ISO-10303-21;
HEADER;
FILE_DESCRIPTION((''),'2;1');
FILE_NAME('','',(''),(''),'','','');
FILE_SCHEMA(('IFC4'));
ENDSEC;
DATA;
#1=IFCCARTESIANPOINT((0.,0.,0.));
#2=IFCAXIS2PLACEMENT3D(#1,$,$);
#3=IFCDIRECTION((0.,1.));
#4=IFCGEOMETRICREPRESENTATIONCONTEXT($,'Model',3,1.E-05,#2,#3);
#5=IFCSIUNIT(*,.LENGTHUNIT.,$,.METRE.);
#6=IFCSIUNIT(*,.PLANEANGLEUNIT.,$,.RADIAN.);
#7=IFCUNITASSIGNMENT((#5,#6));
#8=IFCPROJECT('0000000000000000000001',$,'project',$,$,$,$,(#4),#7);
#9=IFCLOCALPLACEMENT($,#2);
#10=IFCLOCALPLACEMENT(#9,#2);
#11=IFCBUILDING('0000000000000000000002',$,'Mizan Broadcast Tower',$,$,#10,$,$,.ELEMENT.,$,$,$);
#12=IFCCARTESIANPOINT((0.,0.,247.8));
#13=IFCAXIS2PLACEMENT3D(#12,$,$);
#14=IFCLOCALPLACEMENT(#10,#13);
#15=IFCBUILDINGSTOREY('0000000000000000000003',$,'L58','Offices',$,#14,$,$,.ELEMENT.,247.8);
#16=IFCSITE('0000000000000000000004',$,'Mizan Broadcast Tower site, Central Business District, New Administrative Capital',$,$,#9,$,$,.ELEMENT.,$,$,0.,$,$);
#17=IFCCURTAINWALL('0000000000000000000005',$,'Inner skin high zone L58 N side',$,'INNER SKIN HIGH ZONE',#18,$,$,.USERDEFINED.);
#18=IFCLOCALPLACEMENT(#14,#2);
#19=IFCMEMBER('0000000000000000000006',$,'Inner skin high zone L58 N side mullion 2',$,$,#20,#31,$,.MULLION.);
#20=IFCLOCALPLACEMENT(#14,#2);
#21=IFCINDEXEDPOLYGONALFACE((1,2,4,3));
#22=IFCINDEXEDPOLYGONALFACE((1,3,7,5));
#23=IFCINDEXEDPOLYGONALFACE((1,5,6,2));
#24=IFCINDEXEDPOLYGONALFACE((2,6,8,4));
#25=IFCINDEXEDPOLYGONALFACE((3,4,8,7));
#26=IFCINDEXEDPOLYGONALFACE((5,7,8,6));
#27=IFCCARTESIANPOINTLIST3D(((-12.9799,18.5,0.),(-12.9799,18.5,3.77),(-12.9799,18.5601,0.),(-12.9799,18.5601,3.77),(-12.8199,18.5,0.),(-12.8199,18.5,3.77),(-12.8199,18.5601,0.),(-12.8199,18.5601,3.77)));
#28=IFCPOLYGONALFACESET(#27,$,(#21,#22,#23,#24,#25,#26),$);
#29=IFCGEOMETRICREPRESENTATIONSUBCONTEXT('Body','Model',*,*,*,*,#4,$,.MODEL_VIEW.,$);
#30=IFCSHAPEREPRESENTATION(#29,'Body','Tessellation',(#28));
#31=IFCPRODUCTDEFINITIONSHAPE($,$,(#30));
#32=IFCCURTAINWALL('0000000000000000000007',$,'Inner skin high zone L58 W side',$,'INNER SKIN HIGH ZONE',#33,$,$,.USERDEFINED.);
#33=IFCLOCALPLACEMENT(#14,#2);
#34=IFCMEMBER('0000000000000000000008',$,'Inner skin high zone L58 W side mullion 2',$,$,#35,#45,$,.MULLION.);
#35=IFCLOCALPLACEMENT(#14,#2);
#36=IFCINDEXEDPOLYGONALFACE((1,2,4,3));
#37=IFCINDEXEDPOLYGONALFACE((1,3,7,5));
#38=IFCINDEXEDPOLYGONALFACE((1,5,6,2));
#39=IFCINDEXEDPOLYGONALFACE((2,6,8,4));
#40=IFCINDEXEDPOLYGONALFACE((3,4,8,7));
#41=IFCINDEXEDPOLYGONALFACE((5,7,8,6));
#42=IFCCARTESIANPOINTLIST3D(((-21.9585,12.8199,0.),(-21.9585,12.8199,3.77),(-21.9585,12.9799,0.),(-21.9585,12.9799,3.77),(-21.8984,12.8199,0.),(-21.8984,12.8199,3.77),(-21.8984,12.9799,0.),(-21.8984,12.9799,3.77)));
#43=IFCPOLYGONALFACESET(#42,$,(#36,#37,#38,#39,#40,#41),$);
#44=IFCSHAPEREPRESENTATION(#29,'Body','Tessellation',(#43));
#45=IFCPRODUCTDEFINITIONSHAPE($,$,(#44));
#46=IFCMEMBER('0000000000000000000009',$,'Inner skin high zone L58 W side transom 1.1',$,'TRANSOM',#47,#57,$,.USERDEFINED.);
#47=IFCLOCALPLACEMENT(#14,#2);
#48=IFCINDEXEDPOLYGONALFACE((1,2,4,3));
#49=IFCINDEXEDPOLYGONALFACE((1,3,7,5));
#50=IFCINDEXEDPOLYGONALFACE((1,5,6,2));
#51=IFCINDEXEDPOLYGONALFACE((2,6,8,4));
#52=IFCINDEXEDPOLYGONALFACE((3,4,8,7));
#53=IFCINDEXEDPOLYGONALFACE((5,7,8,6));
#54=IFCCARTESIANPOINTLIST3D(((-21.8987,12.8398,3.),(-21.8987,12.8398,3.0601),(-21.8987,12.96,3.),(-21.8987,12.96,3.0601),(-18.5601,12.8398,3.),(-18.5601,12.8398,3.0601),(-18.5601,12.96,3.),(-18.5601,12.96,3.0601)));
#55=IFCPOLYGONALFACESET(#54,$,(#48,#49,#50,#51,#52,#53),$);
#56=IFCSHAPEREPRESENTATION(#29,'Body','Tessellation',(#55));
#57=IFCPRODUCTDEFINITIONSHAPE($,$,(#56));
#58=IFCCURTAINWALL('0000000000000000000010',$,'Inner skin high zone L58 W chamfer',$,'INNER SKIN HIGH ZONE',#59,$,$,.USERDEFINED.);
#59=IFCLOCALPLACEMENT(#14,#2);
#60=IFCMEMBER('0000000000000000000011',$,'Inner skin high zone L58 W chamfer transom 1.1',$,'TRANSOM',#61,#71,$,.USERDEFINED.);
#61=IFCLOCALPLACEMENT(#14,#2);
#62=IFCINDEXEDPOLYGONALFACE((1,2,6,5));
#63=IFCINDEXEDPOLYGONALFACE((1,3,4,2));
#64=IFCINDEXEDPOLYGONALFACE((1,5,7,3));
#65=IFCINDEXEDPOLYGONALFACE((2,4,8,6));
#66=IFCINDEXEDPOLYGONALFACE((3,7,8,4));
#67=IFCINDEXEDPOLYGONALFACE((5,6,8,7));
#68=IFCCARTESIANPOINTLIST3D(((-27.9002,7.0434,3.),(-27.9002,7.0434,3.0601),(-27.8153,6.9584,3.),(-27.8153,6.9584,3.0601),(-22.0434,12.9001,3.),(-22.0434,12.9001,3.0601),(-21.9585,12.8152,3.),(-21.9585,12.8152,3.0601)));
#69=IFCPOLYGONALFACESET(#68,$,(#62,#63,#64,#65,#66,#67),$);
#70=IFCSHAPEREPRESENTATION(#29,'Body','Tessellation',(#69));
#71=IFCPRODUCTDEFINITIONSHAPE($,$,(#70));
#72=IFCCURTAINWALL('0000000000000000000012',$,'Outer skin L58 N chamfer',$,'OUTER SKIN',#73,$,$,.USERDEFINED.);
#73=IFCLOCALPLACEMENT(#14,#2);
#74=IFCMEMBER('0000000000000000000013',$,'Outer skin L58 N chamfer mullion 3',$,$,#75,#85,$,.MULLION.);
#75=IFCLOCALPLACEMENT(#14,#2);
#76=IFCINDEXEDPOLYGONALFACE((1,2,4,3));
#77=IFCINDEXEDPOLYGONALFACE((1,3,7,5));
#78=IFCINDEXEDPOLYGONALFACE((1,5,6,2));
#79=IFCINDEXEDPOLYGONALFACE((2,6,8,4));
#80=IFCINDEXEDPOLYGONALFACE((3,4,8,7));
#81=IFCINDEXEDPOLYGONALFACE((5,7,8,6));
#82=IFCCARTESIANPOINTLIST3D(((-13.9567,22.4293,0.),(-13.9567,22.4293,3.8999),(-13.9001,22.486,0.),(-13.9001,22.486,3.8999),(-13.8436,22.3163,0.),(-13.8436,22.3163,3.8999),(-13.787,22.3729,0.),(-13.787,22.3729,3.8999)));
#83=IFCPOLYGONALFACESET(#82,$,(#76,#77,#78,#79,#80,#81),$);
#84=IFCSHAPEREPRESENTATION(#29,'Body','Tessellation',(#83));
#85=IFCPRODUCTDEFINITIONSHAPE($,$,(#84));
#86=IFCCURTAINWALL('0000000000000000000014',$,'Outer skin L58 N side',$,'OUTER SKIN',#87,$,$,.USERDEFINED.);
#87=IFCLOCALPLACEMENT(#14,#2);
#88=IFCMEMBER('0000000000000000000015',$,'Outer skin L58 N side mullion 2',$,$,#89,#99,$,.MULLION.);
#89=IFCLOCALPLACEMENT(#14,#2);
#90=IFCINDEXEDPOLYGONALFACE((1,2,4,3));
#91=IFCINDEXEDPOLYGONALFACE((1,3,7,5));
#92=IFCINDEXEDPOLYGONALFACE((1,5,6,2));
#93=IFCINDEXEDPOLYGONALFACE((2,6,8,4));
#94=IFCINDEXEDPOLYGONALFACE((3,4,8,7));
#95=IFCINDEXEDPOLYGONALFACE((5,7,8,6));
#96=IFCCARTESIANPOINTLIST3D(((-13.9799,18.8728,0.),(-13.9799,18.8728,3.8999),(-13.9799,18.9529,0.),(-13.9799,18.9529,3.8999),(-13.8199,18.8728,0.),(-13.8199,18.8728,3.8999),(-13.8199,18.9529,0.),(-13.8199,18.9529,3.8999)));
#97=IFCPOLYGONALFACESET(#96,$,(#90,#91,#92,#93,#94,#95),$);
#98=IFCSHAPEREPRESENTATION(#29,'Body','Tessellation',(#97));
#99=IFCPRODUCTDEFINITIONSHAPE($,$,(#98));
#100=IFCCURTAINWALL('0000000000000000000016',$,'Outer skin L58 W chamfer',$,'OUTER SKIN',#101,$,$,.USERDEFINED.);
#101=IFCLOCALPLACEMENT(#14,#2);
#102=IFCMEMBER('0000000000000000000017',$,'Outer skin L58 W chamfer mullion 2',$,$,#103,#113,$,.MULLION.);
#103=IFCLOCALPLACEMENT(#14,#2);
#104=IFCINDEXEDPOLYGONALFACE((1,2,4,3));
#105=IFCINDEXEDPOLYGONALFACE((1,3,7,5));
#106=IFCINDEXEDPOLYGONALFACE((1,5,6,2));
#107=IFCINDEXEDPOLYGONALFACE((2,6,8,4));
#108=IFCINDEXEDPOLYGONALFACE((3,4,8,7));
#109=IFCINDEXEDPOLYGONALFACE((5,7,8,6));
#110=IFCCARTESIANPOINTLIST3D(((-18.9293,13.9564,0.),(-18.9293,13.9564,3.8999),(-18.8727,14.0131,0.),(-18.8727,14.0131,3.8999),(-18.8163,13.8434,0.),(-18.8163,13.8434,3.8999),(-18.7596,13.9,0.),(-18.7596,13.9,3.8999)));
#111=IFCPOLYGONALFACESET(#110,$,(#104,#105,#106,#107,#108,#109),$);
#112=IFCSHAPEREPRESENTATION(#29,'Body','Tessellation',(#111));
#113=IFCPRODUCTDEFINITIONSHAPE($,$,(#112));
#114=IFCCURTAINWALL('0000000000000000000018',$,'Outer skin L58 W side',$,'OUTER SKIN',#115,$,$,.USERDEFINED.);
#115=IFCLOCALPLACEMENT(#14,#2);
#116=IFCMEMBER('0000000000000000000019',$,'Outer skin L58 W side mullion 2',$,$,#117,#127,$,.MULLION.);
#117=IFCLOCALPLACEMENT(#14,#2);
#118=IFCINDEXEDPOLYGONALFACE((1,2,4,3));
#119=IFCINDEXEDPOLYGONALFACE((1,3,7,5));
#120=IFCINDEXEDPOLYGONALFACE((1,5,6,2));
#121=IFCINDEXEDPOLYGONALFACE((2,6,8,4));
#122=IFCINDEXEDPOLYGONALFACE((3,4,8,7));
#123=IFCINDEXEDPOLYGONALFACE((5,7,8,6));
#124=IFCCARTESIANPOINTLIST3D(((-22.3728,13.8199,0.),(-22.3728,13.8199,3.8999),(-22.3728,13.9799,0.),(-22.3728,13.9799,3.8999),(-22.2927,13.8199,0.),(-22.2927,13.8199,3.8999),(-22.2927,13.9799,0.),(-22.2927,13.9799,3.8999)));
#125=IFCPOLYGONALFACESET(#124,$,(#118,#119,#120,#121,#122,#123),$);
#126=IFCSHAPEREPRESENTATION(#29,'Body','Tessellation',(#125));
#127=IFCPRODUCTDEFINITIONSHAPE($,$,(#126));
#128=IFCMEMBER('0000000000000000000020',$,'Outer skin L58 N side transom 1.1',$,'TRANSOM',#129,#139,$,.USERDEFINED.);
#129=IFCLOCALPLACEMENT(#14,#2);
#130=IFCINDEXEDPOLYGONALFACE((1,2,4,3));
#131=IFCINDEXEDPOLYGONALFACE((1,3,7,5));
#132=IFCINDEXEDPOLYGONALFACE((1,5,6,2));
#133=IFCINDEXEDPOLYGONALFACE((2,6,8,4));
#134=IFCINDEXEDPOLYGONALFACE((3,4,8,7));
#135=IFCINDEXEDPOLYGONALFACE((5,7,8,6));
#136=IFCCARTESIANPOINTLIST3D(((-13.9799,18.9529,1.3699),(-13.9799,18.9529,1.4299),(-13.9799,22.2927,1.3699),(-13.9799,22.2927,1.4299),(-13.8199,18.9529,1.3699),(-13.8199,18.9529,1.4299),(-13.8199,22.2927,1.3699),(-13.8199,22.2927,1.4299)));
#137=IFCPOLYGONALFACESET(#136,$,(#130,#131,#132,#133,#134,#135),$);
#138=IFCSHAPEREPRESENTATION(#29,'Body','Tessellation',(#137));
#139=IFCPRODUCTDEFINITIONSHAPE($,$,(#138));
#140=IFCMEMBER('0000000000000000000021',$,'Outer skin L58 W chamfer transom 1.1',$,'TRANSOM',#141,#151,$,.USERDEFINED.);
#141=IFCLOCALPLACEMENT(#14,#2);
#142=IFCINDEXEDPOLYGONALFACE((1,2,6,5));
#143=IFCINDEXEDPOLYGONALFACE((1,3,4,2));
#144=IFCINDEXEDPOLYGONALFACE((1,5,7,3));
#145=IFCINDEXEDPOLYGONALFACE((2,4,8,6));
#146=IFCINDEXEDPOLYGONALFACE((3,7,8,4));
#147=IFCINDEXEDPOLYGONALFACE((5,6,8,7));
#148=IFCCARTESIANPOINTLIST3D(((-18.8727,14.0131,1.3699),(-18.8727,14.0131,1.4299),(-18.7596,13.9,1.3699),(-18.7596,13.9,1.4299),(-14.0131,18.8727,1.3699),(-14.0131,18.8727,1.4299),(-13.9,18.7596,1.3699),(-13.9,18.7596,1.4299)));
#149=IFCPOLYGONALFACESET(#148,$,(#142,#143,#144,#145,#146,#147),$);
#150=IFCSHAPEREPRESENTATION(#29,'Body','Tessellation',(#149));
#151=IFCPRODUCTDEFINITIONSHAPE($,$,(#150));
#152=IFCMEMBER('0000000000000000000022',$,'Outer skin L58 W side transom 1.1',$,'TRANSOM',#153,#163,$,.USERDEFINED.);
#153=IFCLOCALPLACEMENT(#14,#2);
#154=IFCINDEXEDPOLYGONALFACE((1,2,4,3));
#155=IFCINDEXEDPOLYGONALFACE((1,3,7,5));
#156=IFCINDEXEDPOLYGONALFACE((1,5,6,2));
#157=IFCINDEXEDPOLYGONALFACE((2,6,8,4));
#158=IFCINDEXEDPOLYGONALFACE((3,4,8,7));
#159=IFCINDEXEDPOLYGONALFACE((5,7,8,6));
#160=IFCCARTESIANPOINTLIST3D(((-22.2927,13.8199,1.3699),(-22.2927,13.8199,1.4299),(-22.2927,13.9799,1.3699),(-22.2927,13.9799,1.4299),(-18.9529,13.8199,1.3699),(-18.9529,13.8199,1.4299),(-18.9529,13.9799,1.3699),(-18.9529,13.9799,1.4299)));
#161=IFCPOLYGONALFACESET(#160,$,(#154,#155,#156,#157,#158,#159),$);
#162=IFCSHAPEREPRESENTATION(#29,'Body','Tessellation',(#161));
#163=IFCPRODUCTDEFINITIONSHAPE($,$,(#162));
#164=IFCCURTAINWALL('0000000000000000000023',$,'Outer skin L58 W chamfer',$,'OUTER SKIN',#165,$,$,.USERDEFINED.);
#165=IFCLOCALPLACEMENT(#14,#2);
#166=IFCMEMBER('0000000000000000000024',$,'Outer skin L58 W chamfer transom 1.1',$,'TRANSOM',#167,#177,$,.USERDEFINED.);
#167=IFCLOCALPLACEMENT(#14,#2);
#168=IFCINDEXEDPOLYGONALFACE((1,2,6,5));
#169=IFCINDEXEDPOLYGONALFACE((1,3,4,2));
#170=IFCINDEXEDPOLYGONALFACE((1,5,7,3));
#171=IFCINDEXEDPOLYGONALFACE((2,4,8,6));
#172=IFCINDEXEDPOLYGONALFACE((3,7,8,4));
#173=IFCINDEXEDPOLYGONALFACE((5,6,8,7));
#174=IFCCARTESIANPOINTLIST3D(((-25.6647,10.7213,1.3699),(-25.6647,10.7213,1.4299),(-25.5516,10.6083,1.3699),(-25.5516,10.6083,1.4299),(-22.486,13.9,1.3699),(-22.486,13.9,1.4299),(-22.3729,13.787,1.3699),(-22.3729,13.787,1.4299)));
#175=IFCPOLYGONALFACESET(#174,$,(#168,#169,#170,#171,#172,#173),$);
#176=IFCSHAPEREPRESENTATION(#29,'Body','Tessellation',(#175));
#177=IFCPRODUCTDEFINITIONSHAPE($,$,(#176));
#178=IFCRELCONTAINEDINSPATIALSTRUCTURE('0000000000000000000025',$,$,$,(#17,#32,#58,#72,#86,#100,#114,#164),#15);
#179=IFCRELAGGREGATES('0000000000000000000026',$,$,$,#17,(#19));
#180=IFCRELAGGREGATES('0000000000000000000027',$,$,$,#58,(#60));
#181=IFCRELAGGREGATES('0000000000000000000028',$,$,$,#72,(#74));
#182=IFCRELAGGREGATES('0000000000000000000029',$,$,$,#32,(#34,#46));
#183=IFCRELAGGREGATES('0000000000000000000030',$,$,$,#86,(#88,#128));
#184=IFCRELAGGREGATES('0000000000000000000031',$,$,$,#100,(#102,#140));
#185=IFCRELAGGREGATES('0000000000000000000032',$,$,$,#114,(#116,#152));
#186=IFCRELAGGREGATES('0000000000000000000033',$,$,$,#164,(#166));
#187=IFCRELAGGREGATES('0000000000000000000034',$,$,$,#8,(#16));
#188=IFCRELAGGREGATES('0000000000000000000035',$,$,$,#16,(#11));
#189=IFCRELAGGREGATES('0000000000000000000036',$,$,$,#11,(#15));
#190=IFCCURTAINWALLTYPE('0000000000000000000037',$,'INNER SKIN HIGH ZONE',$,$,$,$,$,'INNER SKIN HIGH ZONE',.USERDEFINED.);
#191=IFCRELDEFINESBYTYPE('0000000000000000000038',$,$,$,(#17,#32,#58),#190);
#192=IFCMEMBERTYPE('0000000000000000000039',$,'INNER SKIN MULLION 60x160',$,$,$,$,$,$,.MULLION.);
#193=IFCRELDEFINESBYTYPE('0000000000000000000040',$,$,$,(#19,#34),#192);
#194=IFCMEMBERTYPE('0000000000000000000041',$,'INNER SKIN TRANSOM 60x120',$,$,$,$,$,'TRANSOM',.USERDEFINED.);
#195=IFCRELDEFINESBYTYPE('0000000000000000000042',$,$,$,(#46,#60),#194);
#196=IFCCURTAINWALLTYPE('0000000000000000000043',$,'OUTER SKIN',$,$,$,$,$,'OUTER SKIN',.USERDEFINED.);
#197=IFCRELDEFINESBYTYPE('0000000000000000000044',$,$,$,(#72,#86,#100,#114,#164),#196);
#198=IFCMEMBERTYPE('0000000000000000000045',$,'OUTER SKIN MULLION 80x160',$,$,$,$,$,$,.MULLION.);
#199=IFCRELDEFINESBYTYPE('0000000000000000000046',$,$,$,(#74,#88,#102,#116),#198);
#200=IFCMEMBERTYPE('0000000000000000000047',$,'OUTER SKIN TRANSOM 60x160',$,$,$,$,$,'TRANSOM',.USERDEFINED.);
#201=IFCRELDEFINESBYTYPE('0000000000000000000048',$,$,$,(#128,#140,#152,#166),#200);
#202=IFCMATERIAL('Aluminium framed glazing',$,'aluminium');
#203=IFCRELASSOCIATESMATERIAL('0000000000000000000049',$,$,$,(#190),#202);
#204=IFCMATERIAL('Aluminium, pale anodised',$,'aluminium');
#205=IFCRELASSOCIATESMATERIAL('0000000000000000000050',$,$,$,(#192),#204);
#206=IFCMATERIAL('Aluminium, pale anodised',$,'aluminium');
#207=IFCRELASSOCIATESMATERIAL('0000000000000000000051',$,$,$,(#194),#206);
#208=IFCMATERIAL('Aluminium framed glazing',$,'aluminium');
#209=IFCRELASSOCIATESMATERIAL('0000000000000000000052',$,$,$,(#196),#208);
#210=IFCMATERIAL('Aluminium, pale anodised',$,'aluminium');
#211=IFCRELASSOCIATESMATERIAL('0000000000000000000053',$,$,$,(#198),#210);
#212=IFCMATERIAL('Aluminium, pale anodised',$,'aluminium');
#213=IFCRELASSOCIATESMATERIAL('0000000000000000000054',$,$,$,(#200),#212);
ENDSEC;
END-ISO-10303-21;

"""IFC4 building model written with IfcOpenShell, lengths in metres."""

from ifc_helpers import new_model, si_unit, direction, frame, origin, origin_2d, place, context, subcontext, project, spatial, rectangle, extrude, material, material_profile, profile_set, type_object, element, aggregate, save


model = new_model("IFC4")

# Units and contexts
model_context = context("Model", 3, precision=1e-05, world=origin(), true_north=direction((0.0, 1.0)))
body_context = subcontext(model_context, "Body", "Model", "MODEL_VIEW")
ifc_project = project(units=[si_unit("LENGTHUNIT", "METRE"), si_unit("PLANEANGLEUNIT", "RADIAN")], contexts=[model_context])

# Site, building, storey
site_placement = place(None, origin())
site = spatial("IfcSite", under=ifc_project, at=site_placement, Name="Mizan Broadcast Tower site, Central Business District, New Administrative Capital", CompositionType="ELEMENT", RefElevation=0.0)
building_placement = place(site_placement, origin())
building = spatial("IfcBuilding", under=site, at=building_placement, Name="Mizan Broadcast Tower", CompositionType="ELEMENT")
storey_placement = place(building_placement, frame((0.0, 0.0, 247.8)))
storey = spatial("IfcBuildingStorey", under=building, at=storey_placement, Name="L58", Description="Offices", CompositionType="ELEMENT", Elevation=247.8)

# Curtain wall, member
ifc_material_1 = material(Name="Aluminium framed glazing", Category="aluminium")
curtain_wall_type_1 = type_object("IfcCurtainWallType", Name="INNER SKIN HIGH ZONE", ElementType="INNER SKIN HIGH ZONE", PredefinedType="USERDEFINED", material=ifc_material_1)
curtain_wall_1_placement = place(storey_placement, origin())
curtain_wall_1 = element("IfcCurtainWall", 1, at=curtain_wall_1_placement, inside=storey, type_object=curtain_wall_type_1, Name="Inner skin high zone L58 N side", ObjectType="INNER SKIN HIGH ZONE", PredefinedType="USERDEFINED")
ifc_material_2 = material(Name="Aluminium, pale anodised", Category="aluminium")
ifc_material_profile_1 = material_profile(ifc_material_2, rectangle(XDim=0.1599, YDim=0.0601, at=origin_2d()), Name="MULLION 160x60")
ifc_profile_set_1 = profile_set([ifc_material_profile_1], Name="Aluminium, pale anodised")
member_type_1 = type_object("IfcMemberType", Name="INNER SKIN MULLION 60x160", PredefinedType="MULLION", material=ifc_profile_set_1)
member_1_placement = place(storey_placement, frame((-12.8999, 18.53, 0.0), z_axis=(0.0, 0.0, 1.0), x_axis=(1.0, 0.0, 0.0)))
member_1 = element("IfcMember", 2, at=member_1_placement, type_object=member_type_1, Name="Inner skin high zone L58 N side mullion 2", PredefinedType="MULLION", context=body_context, shape_type="SweptSolid", body=[
    extrude(rectangle(XDim=0.1599, YDim=0.0601, at=origin_2d()), origin(), (0.0, 0.0, 1.0), 3.77),
])
aggregate(curtain_wall_1, [member_1])

# Curtain wall, members
curtain_wall_2_placement = place(storey_placement, origin())
curtain_wall_2 = element("IfcCurtainWall", 3, at=curtain_wall_2_placement, inside=storey, type_object=curtain_wall_type_1, Name="Inner skin high zone L58 W side", ObjectType="INNER SKIN HIGH ZONE", PredefinedType="USERDEFINED")
member_2_placement = place(storey_placement, frame((-21.9285, 12.8999, 0.0), z_axis=(0.0, 0.0, 1.0), x_axis=(0.0, -1.0, 0.0)))
member_2 = element("IfcMember", 4, at=member_2_placement, type_object=member_type_1, Name="Inner skin high zone L58 W side mullion 2", PredefinedType="MULLION", context=body_context, shape_type="SweptSolid", body=[
    extrude(rectangle(XDim=0.1599, YDim=0.0601, at=origin_2d()), origin(), (0.0, 0.0, 1.0), 3.77),
])
ifc_material_3 = material(Name="Aluminium, pale anodised", Category="aluminium")
ifc_material_profile_2 = material_profile(ifc_material_3, rectangle(XDim=0.1201, YDim=0.0601, at=origin_2d()), Name="TRANSOM 120x60")
ifc_profile_set_2 = profile_set([ifc_material_profile_2], Name="Aluminium, pale anodised")
member_type_2 = type_object("IfcMemberType", Name="INNER SKIN TRANSOM 60x120", ElementType="TRANSOM", PredefinedType="USERDEFINED", material=ifc_profile_set_2)
member_3_placement = place(storey_placement, frame((-18.5601, 12.8999, 3.03), z_axis=(-1.0, 0.0, 0.0), x_axis=(0.0, -1.0, 0.0)))
member_3 = element("IfcMember", 5, at=member_3_placement, type_object=member_type_2, Name="Inner skin high zone L58 W side transom 1.1", ObjectType="TRANSOM", PredefinedType="USERDEFINED", context=body_context, shape_type="SweptSolid", body=[
    extrude(rectangle(XDim=0.1201, YDim=0.0601, at=origin_2d()), origin(), (0.0, 0.0, 1.0), 3.3386),
])

# Curtain walls, members
curtain_wall_3_placement = place(storey_placement, origin())
curtain_wall_3 = element("IfcCurtainWall", 6, at=curtain_wall_3_placement, inside=storey, type_object=curtain_wall_type_1, Name="Inner skin high zone L58 W chamfer", ObjectType="INNER SKIN HIGH ZONE", PredefinedType="USERDEFINED")
member_4_placement = place(storey_placement, frame((-22.001, 12.8577, 3.03), z_axis=(-0.707107, -0.707107, 0.0), x_axis=(0.707107, -0.707107, 0.0)))
member_4 = element("IfcMember", 7, at=member_4_placement, type_object=member_type_2, Name="Inner skin high zone L58 W chamfer transom 1.1", ObjectType="TRANSOM", PredefinedType="USERDEFINED", context=body_context, shape_type="SweptSolid", body=[
    extrude(rectangle(XDim=0.1201, YDim=0.0601, at=origin_2d()), origin(), (0.0, 0.0, 1.0), 8.2827),
])
aggregate(curtain_wall_3, [member_4])
ifc_material_4 = material(Name="Aluminium framed glazing", Category="aluminium")
curtain_wall_type_2 = type_object("IfcCurtainWallType", Name="OUTER SKIN", ElementType="OUTER SKIN", PredefinedType="USERDEFINED", material=ifc_material_4)
curtain_wall_4_placement = place(storey_placement, origin())
curtain_wall_4 = element("IfcCurtainWall", 8, at=curtain_wall_4_placement, inside=storey, type_object=curtain_wall_type_2, Name="Outer skin L58 N chamfer", ObjectType="OUTER SKIN", PredefinedType="USERDEFINED")
ifc_material_5 = material(Name="Aluminium, pale anodised", Category="aluminium")
ifc_material_profile_3 = material_profile(ifc_material_5, rectangle(XDim=0.1599, YDim=0.0801, at=origin_2d()), Name="MULLION 160x80")
ifc_profile_set_3 = profile_set([ifc_material_profile_3], Name="Aluminium, pale anodised")
member_type_3 = type_object("IfcMemberType", Name="OUTER SKIN MULLION 80x160", PredefinedType="MULLION", material=ifc_profile_set_3)
member_5_placement = place(storey_placement, frame((-13.8718, 22.4011, 0.0), z_axis=(0.0, 0.0, 1.0), x_axis=(0.707107, -0.707107, 0.0)))
member_5 = element("IfcMember", 9, at=member_5_placement, type_object=member_type_3, Name="Outer skin L58 N chamfer mullion 3", PredefinedType="MULLION", context=body_context, shape_type="SweptSolid", body=[
    extrude(rectangle(XDim=0.1599, YDim=0.0801, at=origin_2d()), origin(), (0.0, 0.0, 1.0), 3.8999),
])
aggregate(curtain_wall_4, [member_5])
curtain_wall_5_placement = place(storey_placement, origin())
curtain_wall_5 = element("IfcCurtainWall", 10, at=curtain_wall_5_placement, inside=storey, type_object=curtain_wall_type_2, Name="Outer skin L58 N side", ObjectType="OUTER SKIN", PredefinedType="USERDEFINED")
member_6_placement = place(storey_placement, frame((-13.8999, 18.9128, 0.0), z_axis=(0.0, 0.0, 1.0), x_axis=(1.0, 0.0, 0.0)))
member_6 = element("IfcMember", 11, at=member_6_placement, type_object=member_type_3, Name="Outer skin L58 N side mullion 2", PredefinedType="MULLION", context=body_context, shape_type="SweptSolid", body=[
    extrude(rectangle(XDim=0.1599, YDim=0.0801, at=origin_2d()), origin(), (0.0, 0.0, 1.0), 3.8999),
])
curtain_wall_6_placement = place(storey_placement, origin())
curtain_wall_6 = element("IfcCurtainWall", 12, at=curtain_wall_6_placement, inside=storey, type_object=curtain_wall_type_2, Name="Outer skin L58 W chamfer", ObjectType="OUTER SKIN", PredefinedType="USERDEFINED")
member_7_placement = place(storey_placement, frame((-18.8445, 13.9282, 0.0), z_axis=(0.0, 0.0, 1.0), x_axis=(0.707107, -0.707107, 0.0)))
member_7 = element("IfcMember", 13, at=member_7_placement, type_object=member_type_3, Name="Outer skin L58 W chamfer mullion 2", PredefinedType="MULLION", context=body_context, shape_type="SweptSolid", body=[
    extrude(rectangle(XDim=0.1599, YDim=0.0801, at=origin_2d()), origin(), (0.0, 0.0, 1.0), 3.8999),
])
curtain_wall_7_placement = place(storey_placement, origin())
curtain_wall_7 = element("IfcCurtainWall", 14, at=curtain_wall_7_placement, inside=storey, type_object=curtain_wall_type_2, Name="Outer skin L58 W side", ObjectType="OUTER SKIN", PredefinedType="USERDEFINED")
member_8_placement = place(storey_placement, frame((-22.3328, 13.8999, 0.0), z_axis=(0.0, 0.0, 1.0), x_axis=(0.0, -1.0, 0.0)))
member_8 = element("IfcMember", 15, at=member_8_placement, type_object=member_type_3, Name="Outer skin L58 W side mullion 2", PredefinedType="MULLION", context=body_context, shape_type="SweptSolid", body=[
    extrude(rectangle(XDim=0.1599, YDim=0.0801, at=origin_2d()), origin(), (0.0, 0.0, 1.0), 3.8999),
])

# Members
ifc_material_6 = material(Name="Aluminium, pale anodised", Category="aluminium")
ifc_material_profile_4 = material_profile(ifc_material_6, rectangle(XDim=0.1599, YDim=0.0601, at=origin_2d()), Name="TRANSOM 160x60")
ifc_profile_set_4 = profile_set([ifc_material_profile_4], Name="Aluminium, pale anodised")
member_type_4 = type_object("IfcMemberType", Name="OUTER SKIN TRANSOM 60x160", ElementType="TRANSOM", PredefinedType="USERDEFINED", material=ifc_profile_set_4)
member_9_placement = place(storey_placement, frame((-13.8999, 22.2927, 1.3999), z_axis=(0.0, -1.0, 0.0), x_axis=(1.0, 0.0, 0.0)))
member_9 = element("IfcMember", 16, at=member_9_placement, type_object=member_type_4, Name="Outer skin L58 N side transom 1.1", ObjectType="TRANSOM", PredefinedType="USERDEFINED", context=body_context, shape_type="SweptSolid", body=[
    extrude(rectangle(XDim=0.1599, YDim=0.0601, at=origin_2d()), origin(), (0.0, 0.0, 1.0), 3.3398),
])
member_10_placement = place(storey_placement, frame((-13.9565, 18.8162, 1.3999), z_axis=(-0.707107, -0.707107, 0.0), x_axis=(0.707107, -0.707107, 0.0)))
member_10 = element("IfcMember", 17, at=member_10_placement, type_object=member_type_4, Name="Outer skin L58 W chamfer transom 1.1", ObjectType="TRANSOM", PredefinedType="USERDEFINED", context=body_context, shape_type="SweptSolid", body=[
    extrude(rectangle(XDim=0.1599, YDim=0.0601, at=origin_2d()), origin(), (0.0, 0.0, 1.0), 6.8726),
])
member_11_placement = place(storey_placement, frame((-18.9529, 13.8999, 1.3999), z_axis=(-1.0, 0.0, 0.0), x_axis=(0.0, -1.0, 0.0)))
member_11 = element("IfcMember", 18, at=member_11_placement, type_object=member_type_4, Name="Outer skin L58 W side transom 1.1", ObjectType="TRANSOM", PredefinedType="USERDEFINED", context=body_context, shape_type="SweptSolid", body=[
    extrude(rectangle(XDim=0.1599, YDim=0.0601, at=origin_2d()), origin(), (0.0, 0.0, 1.0), 3.3398),
])

# Curtain wall, member
curtain_wall_8_placement = place(storey_placement, origin())
curtain_wall_8 = element("IfcCurtainWall", 19, at=curtain_wall_8_placement, inside=storey, type_object=curtain_wall_type_2, Name="Outer skin L58 W chamfer", ObjectType="OUTER SKIN", PredefinedType="USERDEFINED")
member_12_placement = place(storey_placement, frame((-22.4294, 13.8435, 1.3999), z_axis=(-0.707107, -0.707107, 0.0), x_axis=(0.707107, -0.707107, 0.0)))
member_12 = element("IfcMember", 20, at=member_12_placement, type_object=member_type_4, Name="Outer skin L58 W chamfer transom 1.1", ObjectType="TRANSOM", PredefinedType="USERDEFINED", context=body_context, shape_type="SweptSolid", body=[
    extrude(rectangle(XDim=0.1599, YDim=0.0601, at=origin_2d()), origin(), (0.0, 0.0, 1.0), 4.4954),
])

aggregate(curtain_wall_2, [member_2, member_3])
aggregate(curtain_wall_5, [member_6, member_9])
aggregate(curtain_wall_6, [member_7, member_10])
aggregate(curtain_wall_7, [member_8, member_11])
aggregate(curtain_wall_8, [member_12])

save(model, "model.ifc")
